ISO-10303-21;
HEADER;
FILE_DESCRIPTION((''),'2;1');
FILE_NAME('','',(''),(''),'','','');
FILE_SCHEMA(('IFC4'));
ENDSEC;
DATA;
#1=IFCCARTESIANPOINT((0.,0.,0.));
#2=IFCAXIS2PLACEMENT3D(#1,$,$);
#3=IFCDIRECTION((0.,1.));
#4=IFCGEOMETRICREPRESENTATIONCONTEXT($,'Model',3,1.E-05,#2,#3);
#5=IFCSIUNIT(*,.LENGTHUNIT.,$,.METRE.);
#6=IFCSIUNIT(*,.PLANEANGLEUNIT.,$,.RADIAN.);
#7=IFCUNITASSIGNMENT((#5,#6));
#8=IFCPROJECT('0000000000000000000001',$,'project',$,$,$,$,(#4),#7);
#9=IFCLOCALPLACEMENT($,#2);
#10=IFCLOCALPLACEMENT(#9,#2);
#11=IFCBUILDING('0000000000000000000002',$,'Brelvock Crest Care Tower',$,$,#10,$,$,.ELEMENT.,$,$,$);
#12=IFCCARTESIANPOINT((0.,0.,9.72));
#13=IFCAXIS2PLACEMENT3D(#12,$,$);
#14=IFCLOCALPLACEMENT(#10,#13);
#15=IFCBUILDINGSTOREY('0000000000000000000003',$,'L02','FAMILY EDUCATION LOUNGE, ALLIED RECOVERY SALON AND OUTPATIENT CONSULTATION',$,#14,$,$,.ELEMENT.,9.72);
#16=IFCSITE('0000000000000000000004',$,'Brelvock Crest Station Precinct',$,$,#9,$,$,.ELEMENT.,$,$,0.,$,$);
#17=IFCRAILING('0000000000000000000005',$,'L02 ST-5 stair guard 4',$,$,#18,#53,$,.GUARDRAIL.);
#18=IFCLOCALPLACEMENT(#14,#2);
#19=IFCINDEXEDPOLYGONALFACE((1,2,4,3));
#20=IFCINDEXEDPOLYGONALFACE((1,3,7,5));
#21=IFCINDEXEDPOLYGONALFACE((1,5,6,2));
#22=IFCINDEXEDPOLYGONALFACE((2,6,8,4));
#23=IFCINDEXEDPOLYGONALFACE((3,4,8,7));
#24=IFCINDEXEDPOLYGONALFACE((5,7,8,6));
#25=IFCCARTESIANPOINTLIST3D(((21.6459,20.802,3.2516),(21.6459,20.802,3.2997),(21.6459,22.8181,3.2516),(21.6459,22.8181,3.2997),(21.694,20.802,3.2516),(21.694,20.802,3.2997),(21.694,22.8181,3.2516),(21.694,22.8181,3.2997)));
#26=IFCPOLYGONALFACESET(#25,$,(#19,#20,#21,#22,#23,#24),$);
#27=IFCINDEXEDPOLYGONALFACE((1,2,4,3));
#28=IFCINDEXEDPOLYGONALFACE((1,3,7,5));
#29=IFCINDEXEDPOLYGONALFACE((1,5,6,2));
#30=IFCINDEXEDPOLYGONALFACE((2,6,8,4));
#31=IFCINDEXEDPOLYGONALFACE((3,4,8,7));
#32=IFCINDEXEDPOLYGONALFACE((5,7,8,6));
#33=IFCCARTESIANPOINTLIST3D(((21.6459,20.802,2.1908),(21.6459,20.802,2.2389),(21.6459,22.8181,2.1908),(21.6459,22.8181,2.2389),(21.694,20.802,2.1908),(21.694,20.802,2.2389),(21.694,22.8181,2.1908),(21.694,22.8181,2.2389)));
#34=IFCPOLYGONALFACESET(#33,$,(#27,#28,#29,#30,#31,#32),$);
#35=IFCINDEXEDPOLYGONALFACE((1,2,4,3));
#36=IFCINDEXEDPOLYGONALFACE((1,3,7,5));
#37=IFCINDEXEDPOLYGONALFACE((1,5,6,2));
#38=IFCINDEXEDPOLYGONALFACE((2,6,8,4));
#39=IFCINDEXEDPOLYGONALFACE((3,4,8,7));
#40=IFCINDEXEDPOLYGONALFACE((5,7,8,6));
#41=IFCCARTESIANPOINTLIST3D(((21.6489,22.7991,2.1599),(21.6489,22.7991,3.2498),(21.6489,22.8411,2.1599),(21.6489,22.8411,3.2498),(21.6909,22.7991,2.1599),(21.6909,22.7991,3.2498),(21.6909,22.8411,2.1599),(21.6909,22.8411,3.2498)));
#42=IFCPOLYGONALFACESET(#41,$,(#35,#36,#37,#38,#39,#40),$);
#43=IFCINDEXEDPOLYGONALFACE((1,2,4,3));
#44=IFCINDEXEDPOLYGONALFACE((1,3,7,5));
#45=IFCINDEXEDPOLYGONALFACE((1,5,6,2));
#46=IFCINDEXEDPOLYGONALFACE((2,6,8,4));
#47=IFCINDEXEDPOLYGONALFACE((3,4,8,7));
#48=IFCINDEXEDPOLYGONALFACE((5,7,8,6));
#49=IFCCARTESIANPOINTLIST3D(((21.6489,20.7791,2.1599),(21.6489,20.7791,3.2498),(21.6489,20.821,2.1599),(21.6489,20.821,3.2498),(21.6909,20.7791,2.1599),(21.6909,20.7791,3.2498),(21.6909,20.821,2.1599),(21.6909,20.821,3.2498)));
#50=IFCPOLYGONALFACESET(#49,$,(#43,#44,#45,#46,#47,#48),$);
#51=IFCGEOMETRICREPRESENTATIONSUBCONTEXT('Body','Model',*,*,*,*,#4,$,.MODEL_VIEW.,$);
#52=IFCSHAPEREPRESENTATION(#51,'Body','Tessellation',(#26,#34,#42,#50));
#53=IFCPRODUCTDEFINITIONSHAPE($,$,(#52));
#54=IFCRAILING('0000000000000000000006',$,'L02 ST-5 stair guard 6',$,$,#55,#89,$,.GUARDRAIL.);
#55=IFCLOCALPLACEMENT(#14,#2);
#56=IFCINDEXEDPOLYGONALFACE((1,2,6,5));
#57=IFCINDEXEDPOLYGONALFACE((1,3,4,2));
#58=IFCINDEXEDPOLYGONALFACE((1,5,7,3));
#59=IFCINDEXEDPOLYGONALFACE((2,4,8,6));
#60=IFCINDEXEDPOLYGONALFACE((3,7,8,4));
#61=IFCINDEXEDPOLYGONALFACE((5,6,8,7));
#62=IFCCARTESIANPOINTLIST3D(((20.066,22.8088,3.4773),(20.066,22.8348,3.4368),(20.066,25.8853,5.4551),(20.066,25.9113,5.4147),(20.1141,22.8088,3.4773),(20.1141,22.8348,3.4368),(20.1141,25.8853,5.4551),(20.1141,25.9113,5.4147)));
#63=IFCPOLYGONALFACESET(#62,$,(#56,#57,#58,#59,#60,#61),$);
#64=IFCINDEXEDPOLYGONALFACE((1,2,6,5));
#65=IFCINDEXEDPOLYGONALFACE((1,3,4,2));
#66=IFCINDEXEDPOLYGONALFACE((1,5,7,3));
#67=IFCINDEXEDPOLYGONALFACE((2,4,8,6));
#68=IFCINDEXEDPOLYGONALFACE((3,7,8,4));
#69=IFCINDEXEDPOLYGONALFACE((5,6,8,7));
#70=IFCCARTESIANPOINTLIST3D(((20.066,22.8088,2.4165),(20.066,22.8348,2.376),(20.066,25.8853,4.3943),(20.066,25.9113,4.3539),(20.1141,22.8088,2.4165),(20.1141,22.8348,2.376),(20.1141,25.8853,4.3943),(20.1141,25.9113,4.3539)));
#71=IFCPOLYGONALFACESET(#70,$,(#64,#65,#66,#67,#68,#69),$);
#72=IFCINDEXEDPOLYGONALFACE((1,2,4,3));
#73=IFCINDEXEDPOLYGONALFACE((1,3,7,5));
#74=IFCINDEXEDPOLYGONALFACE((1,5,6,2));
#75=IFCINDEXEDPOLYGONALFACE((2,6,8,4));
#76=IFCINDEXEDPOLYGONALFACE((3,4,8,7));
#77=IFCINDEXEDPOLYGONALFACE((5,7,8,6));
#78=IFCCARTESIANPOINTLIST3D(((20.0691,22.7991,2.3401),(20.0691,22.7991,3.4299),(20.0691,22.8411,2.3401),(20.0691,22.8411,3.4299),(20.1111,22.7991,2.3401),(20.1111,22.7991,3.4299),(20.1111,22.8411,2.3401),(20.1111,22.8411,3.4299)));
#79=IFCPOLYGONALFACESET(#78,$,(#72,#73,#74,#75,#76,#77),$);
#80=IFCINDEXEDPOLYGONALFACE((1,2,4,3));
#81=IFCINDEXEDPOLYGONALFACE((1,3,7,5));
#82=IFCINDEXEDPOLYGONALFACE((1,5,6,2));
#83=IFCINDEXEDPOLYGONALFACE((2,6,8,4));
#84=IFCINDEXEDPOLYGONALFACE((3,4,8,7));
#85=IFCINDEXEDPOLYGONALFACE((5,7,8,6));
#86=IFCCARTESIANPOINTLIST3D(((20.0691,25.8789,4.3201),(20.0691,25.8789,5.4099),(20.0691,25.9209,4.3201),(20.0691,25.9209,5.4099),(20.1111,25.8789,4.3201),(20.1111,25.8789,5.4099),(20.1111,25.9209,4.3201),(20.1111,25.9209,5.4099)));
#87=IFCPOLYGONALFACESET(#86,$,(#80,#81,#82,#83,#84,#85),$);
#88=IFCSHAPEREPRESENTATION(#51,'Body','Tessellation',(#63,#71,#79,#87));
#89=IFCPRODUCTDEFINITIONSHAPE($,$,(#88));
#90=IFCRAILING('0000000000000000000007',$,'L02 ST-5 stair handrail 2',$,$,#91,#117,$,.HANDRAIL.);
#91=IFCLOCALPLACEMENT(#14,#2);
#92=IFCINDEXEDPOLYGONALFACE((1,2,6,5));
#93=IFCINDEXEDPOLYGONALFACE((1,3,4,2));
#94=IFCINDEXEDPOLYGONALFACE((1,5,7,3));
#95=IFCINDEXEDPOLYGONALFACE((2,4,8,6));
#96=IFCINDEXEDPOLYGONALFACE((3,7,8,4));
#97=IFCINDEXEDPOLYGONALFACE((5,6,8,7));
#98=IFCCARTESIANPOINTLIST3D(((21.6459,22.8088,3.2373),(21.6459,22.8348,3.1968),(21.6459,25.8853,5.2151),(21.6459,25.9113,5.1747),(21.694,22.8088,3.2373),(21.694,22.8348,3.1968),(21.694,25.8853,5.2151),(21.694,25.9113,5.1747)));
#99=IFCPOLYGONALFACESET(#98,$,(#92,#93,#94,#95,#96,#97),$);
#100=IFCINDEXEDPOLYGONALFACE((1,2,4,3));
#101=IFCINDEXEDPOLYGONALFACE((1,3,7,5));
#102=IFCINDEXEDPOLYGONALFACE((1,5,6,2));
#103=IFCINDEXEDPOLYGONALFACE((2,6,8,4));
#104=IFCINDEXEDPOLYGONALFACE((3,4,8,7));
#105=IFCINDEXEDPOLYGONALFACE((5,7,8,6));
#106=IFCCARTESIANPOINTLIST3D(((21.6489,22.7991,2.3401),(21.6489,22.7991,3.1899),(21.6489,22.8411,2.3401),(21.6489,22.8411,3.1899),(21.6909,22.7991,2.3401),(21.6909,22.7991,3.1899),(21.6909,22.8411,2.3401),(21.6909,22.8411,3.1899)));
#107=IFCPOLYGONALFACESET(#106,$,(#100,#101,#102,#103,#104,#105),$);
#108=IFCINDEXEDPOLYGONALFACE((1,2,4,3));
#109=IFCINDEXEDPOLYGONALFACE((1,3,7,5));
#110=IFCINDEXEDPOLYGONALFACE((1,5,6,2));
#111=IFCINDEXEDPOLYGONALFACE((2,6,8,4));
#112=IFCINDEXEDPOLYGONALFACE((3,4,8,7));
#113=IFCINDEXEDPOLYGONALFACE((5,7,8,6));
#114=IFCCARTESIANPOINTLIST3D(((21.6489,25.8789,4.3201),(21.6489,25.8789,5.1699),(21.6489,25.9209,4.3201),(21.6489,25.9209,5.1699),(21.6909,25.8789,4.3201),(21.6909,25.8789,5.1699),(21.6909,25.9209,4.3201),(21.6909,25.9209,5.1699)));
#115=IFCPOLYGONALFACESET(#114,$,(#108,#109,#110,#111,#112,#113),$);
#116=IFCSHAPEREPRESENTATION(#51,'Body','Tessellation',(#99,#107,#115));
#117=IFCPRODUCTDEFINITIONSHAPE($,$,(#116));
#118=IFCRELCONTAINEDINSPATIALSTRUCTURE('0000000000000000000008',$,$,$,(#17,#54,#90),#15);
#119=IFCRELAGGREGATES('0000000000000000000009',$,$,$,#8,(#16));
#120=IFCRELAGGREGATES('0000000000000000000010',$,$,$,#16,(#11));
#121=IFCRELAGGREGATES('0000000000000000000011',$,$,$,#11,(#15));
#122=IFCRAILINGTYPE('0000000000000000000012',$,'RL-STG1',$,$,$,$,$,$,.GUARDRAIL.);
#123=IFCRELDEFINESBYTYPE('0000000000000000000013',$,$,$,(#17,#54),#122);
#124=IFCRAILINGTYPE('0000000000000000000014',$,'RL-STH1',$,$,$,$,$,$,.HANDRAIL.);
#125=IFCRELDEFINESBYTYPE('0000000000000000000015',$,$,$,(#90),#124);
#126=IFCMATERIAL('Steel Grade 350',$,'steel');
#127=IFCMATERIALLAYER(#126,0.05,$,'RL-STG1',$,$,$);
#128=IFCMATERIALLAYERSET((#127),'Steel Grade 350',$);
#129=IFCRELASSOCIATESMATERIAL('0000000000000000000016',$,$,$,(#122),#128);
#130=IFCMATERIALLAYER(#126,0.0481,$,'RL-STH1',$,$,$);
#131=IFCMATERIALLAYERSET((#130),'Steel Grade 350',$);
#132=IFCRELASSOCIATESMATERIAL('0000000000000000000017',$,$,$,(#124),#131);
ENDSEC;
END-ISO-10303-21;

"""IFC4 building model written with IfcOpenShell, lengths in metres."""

from ifc_helpers import new_model, si_unit, direction, frame, origin, origin_2d, place, context, subcontext, project, spatial, rectangle, extrude, material, layer, layer_set, type_object, element, save


model = new_model("IFC4")

# Units and contexts
model_context = context("Model", 3, precision=1e-05, world=origin(), true_north=direction((0.0, 1.0)))
body_context = subcontext(model_context, "Body", "Model", "MODEL_VIEW")
ifc_project = project(units=[si_unit("LENGTHUNIT", "METRE"), si_unit("PLANEANGLEUNIT", "RADIAN")], contexts=[model_context])

# Site, building, storey
site_placement = place(None, origin())
site = spatial("IfcSite", under=ifc_project, at=site_placement, Name="Brelvock Crest Station Precinct", CompositionType="ELEMENT", RefElevation=0.0)
building_placement = place(site_placement, origin())
building = spatial("IfcBuilding", under=site, at=building_placement, Name="Brelvock Crest Care Tower", CompositionType="ELEMENT")
storey_placement = place(building_placement, frame((0.0, 0.0, 9.72)))
storey = spatial("IfcBuildingStorey", under=building, at=storey_placement, Name="L02", Description="FAMILY EDUCATION LOUNGE, ALLIED RECOVERY SALON AND OUTPATIENT CONSULTATION", CompositionType="ELEMENT", Elevation=9.72)

# Shared definitions
ifc_material_1 = material(Name="Steel Grade 350", Category="steel")

# Railings
ifc_layer_1 = layer(ifc_material_1, 0.05, Name="RL-STG1")
ifc_layer_set_1 = layer_set([ifc_layer_1], Name="Steel Grade 350")
railing_type_1 = type_object("IfcRailingType", Name="RL-STG1", PredefinedType="GUARDRAIL", material=ifc_layer_set_1)
railing_1_placement = place(storey_placement, frame((21.6699, 22.8201, 2.1599)))
element("IfcRailing", 1, at=railing_1_placement, inside=storey, type_object=railing_type_1, Name="L02 ST-5 stair guard 4", PredefinedType="GUARDRAIL", context=body_context, shape_type="SweptSolid", body=[
    extrude(rectangle(XDim=0.0481, YDim=0.0481, at=origin_2d()), frame((0.0, -0.002, 1.1157), z_axis=(0.0, -1.0, 0.0), x_axis=(1.0, 0.0, 0.0)), (0.0, 0.0, 1.0), 2.0161),
    extrude(rectangle(XDim=0.0481, YDim=0.0481, at=origin_2d()), frame((0.0, -0.002, 0.0549), z_axis=(0.0, -1.0, 0.0), x_axis=(1.0, 0.0, 0.0)), (0.0, 0.0, 1.0), 2.0161),
    extrude(rectangle(XDim=0.042, YDim=0.042, at=origin_2d()), origin(), (0.0, 0.0, 1.0), 1.0898),
    extrude(rectangle(XDim=0.042, YDim=0.042, at=origin_2d()), frame((0.0, -2.02, 0.0)), (0.0, 0.0, 1.0), 1.0898),
])
railing_2_placement = place(storey_placement, frame((20.0901, 22.8201, 2.3401)))
element("IfcRailing", 2, at=railing_2_placement, inside=storey, type_object=railing_type_1, Name="L02 ST-5 stair guard 6", PredefinedType="GUARDRAIL", context=body_context, shape_type="SweptSolid", body=[
    extrude(rectangle(XDim=0.0481, YDim=0.0481, at=origin_2d()), frame((0.0, 0.0017, 1.1169), z_axis=(0.0, 0.841168, 0.540774), x_axis=(-1.0, 0.0, 0.0)), (0.0, 0.0, 1.0), 3.6575),
    extrude(rectangle(XDim=0.0481, YDim=0.0481, at=origin_2d()), frame((0.0, 0.0017, 0.0562), z_axis=(0.0, 0.841168, 0.540774), x_axis=(-1.0, 0.0, 0.0)), (0.0, 0.0, 1.0), 3.6575),
    extrude(rectangle(XDim=0.042, YDim=0.042, at=origin_2d()), origin(), (0.0, 0.0, 1.0), 1.0898),
    extrude(rectangle(XDim=0.042, YDim=0.042, at=origin_2d()), frame((0.0, 3.0798, 1.98)), (0.0, 0.0, 1.0), 1.0898),
])
ifc_layer_2 = layer(ifc_material_1, 0.0481, Name="RL-STH1")
ifc_layer_set_2 = layer_set([ifc_layer_2], Name="Steel Grade 350")
railing_type_2 = type_object("IfcRailingType", Name="RL-STH1", PredefinedType="HANDRAIL", material=ifc_layer_set_2)
railing_3_placement = place(storey_placement, frame((21.6699, 22.8201, 2.3401)))
element("IfcRailing", 3, at=railing_3_placement, inside=storey, type_object=railing_type_2, Name="L02 ST-5 stair handrail 2", PredefinedType="HANDRAIL", context=body_context, shape_type="SweptSolid", body=[
    extrude(rectangle(XDim=0.0481, YDim=0.0481, at=origin_2d()), frame((0.0, 0.0017, 0.877), z_axis=(0.0, 0.841168, 0.540774), x_axis=(-1.0, 0.0, 0.0)), (0.0, 0.0, 1.0), 3.6575),
    extrude(rectangle(XDim=0.042, YDim=0.042, at=origin_2d()), origin(), (0.0, 0.0, 1.0), 0.8499),
    extrude(rectangle(XDim=0.042, YDim=0.042, at=origin_2d()), frame((0.0, 3.0798, 1.98)), (0.0, 0.0, 1.0), 0.8499),
])

save(model, "model.ifc")
